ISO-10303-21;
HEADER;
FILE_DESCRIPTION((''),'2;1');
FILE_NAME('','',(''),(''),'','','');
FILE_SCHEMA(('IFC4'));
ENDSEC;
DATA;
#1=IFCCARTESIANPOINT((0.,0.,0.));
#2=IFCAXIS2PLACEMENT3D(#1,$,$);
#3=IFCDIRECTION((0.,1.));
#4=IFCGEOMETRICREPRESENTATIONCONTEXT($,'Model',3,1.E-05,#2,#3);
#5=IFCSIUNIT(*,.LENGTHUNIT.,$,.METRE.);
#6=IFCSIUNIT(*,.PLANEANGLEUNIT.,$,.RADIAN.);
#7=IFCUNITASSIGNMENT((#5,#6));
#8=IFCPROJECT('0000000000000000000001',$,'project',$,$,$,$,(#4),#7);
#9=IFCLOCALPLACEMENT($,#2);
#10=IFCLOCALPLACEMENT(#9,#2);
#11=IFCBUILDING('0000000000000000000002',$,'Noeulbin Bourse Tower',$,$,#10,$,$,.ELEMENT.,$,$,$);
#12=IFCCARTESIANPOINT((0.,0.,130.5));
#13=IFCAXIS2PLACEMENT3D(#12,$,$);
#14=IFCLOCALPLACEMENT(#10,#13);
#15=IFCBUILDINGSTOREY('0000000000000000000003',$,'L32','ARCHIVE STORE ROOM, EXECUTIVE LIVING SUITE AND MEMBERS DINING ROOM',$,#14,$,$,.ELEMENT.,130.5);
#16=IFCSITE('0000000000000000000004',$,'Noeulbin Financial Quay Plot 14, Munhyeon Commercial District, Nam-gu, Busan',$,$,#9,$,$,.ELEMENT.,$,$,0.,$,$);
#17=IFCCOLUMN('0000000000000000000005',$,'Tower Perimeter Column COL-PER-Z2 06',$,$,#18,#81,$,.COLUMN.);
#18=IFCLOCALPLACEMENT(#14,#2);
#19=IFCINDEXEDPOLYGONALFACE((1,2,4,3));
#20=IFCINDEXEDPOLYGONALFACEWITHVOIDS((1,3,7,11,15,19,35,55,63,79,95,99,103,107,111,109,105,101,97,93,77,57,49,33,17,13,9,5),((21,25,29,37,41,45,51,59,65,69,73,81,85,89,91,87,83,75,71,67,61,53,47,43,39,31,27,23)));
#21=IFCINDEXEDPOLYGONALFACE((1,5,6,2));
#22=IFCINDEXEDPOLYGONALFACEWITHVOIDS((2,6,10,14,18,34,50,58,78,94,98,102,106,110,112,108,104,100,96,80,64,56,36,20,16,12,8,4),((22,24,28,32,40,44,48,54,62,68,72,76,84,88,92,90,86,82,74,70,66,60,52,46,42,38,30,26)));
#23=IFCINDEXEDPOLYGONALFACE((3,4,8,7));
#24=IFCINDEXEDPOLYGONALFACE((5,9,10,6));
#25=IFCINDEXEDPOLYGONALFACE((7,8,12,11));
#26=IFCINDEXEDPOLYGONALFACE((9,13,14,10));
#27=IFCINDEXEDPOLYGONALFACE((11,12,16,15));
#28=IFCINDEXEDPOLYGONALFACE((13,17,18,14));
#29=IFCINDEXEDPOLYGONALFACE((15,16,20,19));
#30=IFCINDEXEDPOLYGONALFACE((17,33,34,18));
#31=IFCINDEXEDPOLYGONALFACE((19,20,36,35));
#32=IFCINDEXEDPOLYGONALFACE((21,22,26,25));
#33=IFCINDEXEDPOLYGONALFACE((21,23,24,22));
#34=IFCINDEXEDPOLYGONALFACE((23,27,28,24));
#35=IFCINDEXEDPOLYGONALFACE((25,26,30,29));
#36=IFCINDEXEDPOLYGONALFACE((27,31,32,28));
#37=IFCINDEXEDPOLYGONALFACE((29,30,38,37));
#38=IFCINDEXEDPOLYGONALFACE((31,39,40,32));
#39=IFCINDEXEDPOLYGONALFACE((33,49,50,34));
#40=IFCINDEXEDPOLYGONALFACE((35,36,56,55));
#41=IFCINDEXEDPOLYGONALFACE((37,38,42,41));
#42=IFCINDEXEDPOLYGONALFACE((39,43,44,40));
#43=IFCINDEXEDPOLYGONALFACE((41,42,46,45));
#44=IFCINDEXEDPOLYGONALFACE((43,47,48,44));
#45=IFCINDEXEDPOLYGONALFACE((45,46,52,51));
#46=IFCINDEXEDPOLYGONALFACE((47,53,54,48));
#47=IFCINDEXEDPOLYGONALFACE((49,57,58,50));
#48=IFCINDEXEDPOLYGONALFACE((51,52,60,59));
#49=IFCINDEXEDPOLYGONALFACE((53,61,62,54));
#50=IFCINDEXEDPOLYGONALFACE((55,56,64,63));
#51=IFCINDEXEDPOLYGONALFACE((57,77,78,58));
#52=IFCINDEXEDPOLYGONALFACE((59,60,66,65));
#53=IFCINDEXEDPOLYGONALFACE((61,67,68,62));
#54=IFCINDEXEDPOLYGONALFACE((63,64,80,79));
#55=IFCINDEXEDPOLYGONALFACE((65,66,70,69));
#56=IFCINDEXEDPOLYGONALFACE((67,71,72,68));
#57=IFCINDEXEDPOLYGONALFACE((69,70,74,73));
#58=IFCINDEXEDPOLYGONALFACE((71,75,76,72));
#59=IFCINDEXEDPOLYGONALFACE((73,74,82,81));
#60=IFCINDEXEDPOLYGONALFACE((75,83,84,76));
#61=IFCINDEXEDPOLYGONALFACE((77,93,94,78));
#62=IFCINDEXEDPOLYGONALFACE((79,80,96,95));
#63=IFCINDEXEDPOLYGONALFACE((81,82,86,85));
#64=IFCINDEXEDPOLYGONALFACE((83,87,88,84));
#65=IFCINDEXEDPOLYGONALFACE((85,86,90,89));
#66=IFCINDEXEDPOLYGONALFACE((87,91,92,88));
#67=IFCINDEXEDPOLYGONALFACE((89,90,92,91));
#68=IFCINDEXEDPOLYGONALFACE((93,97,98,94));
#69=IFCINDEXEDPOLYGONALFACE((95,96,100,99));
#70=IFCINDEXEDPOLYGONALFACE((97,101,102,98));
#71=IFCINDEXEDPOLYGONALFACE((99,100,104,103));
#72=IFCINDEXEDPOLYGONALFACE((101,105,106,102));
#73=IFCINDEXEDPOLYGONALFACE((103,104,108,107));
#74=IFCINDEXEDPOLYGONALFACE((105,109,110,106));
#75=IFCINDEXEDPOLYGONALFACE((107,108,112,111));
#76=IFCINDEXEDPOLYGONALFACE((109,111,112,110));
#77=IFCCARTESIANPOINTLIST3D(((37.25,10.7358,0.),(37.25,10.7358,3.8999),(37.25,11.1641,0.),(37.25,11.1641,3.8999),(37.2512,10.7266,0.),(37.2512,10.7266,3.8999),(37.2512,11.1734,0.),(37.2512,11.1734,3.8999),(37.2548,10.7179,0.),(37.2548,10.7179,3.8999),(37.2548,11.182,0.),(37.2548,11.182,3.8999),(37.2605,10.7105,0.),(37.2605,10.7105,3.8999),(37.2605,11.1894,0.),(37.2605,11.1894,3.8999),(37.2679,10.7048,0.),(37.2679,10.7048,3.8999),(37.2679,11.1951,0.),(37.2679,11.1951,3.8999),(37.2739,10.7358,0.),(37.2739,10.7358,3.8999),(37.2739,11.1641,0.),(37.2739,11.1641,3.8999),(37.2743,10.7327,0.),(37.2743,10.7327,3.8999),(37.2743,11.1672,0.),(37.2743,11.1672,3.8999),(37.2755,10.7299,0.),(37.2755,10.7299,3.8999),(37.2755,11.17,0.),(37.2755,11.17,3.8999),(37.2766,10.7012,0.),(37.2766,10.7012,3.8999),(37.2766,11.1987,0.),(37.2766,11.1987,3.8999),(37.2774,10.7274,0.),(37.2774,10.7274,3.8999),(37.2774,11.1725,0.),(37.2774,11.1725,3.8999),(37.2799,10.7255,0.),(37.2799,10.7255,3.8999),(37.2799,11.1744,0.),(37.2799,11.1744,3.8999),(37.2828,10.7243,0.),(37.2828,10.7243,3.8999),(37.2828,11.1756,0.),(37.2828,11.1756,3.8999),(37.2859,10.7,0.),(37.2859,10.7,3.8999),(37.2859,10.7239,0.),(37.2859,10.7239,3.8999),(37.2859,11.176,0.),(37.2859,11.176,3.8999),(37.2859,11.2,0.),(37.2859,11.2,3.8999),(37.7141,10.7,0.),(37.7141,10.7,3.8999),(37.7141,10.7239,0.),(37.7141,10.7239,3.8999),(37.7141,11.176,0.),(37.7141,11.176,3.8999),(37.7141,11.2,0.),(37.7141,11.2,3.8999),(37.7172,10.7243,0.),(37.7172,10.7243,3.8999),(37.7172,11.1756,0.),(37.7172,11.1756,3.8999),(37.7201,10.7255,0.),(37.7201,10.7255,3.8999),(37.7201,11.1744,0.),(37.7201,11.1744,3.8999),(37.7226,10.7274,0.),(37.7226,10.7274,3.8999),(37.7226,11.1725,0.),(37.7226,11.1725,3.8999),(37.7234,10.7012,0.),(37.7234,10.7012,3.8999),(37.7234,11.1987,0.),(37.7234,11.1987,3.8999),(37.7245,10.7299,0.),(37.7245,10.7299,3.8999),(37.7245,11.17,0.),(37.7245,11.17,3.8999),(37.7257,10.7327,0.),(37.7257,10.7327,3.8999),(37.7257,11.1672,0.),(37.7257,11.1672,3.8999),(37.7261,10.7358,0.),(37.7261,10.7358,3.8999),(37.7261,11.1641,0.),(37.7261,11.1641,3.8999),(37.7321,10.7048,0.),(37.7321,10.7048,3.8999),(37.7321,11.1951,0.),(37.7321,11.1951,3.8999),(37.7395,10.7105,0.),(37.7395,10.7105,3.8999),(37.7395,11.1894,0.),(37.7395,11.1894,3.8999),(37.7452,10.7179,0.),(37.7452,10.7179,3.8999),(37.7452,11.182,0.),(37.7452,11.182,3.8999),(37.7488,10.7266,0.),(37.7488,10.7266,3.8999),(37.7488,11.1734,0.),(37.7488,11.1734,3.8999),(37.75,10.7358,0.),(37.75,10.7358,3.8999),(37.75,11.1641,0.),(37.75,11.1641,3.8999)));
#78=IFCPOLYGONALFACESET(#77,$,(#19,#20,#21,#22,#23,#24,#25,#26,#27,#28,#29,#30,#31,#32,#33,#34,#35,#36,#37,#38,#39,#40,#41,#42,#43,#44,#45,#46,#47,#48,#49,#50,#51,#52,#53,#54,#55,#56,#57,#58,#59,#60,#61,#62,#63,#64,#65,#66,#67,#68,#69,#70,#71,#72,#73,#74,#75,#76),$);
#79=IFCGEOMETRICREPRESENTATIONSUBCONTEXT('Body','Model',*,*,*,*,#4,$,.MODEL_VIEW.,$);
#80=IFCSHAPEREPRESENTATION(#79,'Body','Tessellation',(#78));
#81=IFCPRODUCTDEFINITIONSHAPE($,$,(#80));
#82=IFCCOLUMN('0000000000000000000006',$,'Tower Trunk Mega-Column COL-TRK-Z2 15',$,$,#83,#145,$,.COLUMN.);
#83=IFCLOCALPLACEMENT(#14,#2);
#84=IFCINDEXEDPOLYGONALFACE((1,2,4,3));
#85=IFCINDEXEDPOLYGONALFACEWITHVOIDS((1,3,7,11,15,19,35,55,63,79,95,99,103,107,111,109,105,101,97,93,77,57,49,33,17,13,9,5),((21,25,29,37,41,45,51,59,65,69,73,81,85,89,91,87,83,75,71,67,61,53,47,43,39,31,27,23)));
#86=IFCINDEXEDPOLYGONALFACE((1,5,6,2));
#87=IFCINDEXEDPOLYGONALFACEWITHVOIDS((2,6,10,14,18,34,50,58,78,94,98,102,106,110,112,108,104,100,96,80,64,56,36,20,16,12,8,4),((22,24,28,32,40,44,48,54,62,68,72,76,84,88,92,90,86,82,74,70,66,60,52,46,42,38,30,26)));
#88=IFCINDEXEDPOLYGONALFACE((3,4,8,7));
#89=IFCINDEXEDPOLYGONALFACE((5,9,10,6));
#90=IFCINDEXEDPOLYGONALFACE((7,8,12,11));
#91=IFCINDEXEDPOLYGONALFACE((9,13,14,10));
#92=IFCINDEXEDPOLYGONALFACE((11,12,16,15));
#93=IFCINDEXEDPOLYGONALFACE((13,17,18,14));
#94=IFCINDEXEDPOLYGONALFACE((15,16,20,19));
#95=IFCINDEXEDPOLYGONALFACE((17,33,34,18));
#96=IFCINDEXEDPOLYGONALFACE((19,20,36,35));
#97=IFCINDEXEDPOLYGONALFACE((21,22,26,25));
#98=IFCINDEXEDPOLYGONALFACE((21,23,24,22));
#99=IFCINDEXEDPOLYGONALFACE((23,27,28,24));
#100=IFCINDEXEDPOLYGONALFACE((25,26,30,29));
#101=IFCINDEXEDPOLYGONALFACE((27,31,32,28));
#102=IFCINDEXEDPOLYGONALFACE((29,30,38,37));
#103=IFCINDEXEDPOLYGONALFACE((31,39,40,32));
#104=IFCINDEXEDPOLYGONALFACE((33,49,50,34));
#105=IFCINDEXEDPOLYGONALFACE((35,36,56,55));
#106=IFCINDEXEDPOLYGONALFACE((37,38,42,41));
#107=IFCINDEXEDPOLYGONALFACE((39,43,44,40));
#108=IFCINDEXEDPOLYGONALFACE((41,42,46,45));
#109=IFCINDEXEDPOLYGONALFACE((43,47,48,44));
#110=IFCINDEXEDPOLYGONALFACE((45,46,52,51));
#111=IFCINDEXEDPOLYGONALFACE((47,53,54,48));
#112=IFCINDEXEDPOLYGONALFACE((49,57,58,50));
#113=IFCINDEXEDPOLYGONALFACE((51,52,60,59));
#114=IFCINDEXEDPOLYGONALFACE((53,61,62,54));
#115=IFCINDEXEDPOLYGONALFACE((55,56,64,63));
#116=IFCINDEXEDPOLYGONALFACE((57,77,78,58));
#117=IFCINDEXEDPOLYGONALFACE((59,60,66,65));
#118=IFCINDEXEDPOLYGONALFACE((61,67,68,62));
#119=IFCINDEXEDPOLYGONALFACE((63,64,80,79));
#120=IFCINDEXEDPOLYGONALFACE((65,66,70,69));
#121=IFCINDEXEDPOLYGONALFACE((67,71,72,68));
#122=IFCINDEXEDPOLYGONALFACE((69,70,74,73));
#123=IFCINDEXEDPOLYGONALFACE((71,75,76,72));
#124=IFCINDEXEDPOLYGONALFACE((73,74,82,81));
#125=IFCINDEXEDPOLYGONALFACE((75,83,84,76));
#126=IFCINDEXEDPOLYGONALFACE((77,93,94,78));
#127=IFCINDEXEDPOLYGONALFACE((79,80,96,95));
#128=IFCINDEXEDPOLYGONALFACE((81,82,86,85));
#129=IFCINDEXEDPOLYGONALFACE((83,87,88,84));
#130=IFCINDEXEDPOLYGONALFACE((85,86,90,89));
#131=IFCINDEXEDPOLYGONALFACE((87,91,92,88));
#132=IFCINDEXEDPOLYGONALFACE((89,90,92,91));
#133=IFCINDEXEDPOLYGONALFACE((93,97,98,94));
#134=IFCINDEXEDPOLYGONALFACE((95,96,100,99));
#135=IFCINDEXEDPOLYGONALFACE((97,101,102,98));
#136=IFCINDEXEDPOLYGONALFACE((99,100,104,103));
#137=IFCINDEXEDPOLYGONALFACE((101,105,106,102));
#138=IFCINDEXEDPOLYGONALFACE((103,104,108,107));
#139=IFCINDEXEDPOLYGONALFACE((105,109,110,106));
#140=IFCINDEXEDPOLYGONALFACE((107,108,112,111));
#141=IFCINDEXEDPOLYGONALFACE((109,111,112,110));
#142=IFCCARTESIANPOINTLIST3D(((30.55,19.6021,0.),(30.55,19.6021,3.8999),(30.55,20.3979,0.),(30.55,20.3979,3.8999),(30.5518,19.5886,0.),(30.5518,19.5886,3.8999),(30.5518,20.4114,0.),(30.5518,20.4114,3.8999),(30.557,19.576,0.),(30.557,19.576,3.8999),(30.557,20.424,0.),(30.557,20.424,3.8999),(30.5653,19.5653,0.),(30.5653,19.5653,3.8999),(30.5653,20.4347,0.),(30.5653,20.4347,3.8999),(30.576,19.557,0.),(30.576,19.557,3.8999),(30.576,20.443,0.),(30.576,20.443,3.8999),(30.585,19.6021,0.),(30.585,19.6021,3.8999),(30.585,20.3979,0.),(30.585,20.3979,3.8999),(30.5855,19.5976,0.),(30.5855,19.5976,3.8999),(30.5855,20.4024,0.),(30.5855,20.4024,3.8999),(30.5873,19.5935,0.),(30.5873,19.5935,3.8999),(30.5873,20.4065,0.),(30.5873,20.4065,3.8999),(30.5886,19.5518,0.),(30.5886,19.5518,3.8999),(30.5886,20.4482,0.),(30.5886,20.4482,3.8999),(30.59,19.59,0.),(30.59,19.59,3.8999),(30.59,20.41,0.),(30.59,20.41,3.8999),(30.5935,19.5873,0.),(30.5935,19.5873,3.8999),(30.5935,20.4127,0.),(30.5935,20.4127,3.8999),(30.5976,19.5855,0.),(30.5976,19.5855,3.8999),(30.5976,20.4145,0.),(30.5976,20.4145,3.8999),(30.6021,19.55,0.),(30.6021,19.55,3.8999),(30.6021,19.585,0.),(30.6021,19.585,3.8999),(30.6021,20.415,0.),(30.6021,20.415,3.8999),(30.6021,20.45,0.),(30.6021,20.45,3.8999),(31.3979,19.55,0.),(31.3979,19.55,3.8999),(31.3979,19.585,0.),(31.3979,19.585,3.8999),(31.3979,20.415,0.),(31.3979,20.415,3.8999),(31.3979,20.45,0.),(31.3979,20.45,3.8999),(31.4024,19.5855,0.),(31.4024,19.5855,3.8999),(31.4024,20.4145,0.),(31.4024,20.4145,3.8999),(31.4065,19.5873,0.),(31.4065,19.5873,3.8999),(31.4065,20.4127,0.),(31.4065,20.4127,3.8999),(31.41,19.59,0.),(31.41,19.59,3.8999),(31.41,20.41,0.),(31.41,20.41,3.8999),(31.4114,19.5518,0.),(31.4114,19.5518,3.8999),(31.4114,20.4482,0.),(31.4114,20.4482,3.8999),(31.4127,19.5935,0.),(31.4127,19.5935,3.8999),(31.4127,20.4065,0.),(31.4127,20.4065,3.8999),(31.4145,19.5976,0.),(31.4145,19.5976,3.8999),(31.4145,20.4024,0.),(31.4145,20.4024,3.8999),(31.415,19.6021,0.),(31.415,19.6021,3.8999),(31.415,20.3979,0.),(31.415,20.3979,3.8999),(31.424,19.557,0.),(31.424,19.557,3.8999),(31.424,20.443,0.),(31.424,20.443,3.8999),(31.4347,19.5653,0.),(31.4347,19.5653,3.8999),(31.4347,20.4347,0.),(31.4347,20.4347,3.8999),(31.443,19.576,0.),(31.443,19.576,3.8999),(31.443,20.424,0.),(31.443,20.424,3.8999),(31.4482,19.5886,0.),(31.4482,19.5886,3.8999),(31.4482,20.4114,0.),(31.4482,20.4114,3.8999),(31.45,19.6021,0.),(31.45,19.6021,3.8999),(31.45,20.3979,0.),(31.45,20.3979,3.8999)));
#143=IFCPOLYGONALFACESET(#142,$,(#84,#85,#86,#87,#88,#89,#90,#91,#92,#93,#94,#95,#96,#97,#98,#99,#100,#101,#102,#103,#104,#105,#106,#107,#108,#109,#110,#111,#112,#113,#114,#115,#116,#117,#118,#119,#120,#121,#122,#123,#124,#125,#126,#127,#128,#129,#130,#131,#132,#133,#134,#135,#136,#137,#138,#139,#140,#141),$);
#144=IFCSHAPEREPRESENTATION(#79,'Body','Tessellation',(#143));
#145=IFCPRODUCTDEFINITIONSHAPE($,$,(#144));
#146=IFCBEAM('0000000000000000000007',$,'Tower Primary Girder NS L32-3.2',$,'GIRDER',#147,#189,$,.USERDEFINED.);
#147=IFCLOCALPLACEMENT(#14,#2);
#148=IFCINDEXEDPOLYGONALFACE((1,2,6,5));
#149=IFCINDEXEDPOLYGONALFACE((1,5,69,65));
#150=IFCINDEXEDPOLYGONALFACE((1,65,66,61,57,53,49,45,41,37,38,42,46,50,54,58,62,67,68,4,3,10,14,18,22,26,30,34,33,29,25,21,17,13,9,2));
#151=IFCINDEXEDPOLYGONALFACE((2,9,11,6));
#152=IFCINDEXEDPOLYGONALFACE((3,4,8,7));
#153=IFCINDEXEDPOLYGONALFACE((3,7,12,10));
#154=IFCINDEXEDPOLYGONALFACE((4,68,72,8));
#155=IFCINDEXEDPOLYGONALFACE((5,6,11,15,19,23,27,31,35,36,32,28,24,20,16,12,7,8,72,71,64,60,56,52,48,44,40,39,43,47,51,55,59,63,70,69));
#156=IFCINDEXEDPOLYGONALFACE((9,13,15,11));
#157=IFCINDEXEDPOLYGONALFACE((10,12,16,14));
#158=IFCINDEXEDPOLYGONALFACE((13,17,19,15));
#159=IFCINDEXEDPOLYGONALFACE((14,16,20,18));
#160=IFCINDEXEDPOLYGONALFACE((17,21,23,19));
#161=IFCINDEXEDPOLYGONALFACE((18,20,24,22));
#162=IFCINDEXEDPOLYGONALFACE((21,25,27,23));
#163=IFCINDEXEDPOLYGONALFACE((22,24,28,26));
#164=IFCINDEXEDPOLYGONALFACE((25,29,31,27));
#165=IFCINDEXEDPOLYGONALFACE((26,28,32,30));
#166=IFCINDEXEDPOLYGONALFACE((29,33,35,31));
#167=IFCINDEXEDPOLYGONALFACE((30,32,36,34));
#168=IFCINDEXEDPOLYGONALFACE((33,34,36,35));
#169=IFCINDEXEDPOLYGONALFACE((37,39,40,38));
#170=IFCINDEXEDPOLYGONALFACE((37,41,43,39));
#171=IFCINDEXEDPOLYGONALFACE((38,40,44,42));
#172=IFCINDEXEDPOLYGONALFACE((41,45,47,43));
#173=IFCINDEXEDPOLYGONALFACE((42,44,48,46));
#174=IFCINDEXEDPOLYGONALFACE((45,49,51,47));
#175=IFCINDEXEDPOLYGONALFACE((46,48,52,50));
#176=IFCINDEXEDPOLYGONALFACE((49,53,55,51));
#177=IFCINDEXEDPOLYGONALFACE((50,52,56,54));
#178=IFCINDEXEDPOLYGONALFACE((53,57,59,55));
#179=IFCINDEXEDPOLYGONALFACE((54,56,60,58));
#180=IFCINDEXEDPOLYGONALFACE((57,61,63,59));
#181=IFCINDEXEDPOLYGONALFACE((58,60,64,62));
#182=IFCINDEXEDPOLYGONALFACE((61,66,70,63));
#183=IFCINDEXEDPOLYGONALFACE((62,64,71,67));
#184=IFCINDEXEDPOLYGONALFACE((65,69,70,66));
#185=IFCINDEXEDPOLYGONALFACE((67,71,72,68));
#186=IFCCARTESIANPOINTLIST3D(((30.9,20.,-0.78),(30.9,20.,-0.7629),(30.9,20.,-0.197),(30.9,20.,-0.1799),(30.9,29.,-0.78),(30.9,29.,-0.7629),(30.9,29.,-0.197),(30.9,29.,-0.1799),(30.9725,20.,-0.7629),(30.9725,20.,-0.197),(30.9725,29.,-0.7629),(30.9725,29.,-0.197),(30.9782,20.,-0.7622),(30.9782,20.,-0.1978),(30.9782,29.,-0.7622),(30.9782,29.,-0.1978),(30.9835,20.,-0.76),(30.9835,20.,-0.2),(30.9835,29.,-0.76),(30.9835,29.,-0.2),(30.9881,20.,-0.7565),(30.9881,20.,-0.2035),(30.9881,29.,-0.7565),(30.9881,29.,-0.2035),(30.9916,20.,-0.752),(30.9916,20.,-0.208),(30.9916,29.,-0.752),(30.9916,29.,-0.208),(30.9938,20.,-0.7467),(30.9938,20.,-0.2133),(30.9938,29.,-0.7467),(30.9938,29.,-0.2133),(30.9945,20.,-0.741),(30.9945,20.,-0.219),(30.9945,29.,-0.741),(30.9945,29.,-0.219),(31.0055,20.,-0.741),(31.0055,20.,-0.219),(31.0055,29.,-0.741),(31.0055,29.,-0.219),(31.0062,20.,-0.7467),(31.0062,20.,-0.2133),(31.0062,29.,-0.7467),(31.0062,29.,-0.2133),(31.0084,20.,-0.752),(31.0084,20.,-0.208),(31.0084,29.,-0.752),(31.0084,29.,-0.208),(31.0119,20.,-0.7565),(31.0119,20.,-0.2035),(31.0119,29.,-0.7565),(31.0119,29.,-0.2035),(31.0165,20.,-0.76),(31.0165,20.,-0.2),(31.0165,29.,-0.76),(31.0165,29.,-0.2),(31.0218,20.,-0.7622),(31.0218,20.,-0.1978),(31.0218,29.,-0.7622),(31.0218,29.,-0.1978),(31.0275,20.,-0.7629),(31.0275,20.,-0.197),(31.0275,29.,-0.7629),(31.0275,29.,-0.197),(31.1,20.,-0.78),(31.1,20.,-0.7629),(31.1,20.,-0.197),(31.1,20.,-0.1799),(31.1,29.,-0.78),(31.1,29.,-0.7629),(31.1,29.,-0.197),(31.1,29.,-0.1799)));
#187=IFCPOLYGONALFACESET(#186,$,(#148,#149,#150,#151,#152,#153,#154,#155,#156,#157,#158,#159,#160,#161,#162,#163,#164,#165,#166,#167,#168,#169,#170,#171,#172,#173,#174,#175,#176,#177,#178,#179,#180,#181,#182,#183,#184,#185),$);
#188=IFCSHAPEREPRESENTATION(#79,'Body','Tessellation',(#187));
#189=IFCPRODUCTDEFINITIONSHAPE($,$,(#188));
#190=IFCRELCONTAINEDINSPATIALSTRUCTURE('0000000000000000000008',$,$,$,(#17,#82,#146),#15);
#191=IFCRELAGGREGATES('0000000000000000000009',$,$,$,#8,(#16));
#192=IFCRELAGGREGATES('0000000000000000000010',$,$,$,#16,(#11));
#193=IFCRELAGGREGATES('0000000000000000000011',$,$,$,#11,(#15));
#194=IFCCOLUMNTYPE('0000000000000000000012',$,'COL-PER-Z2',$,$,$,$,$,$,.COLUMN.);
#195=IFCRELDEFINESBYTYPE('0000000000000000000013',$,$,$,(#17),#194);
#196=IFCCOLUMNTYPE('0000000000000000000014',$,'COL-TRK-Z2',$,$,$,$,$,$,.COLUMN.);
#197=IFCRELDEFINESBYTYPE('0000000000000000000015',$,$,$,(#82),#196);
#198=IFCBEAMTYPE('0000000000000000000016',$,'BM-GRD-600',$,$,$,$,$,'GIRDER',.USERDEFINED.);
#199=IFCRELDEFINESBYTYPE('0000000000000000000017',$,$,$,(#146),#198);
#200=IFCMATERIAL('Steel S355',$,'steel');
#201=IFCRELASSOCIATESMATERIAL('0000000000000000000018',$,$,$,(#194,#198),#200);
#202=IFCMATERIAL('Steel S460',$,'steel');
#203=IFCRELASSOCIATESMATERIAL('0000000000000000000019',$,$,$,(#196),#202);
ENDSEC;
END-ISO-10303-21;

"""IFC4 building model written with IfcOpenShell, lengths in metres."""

from ifc_helpers import new_model, si_unit, direction, frame, origin, origin_2d, place, context, subcontext, project, spatial, hollow_rectangle, i_section, extrude, material, material_profile, profile_set, type_object, element, save


model = new_model("IFC4")

# Units and contexts
model_context = context("Model", 3, precision=1e-05, world=origin(), true_north=direction((0.0, 1.0)))
body_context = subcontext(model_context, "Body", "Model", "MODEL_VIEW")
ifc_project = project(units=[si_unit("LENGTHUNIT", "METRE"), si_unit("PLANEANGLEUNIT", "RADIAN")], contexts=[model_context])

# Site, building, storey
site_placement = place(None, origin())
site = spatial("IfcSite", under=ifc_project, at=site_placement, Name="Noeulbin Financial Quay Plot 14, Munhyeon Commercial District, Nam-gu, Busan", CompositionType="ELEMENT", RefElevation=0.0)
building_placement = place(site_placement, origin())
building = spatial("IfcBuilding", under=site, at=building_placement, Name="Noeulbin Bourse Tower", CompositionType="ELEMENT")
storey_placement = place(building_placement, frame((0.0, 0.0, 130.5)))
storey = spatial("IfcBuildingStorey", under=building, at=storey_placement, Name="L32", Description="ARCHIVE STORE ROOM, EXECUTIVE LIVING SUITE AND MEMBERS DINING ROOM", CompositionType="ELEMENT", Elevation=130.5)

# Columns
ifc_material_1 = material(Name="Steel S355", Category="steel")
ifc_material_profile_1 = material_profile(ifc_material_1, hollow_rectangle(XDim=0.5, YDim=0.5, WallThickness=0.0239, InnerFilletRadius=0.012, OuterFilletRadius=0.0359, at=origin_2d()), Name="BOX-500x500x24", Category="LoadBearing")
ifc_profile_set_1 = profile_set([ifc_material_profile_1], Name="Steel S355")
column_type_1 = type_object("IfcColumnType", Name="COL-PER-Z2", PredefinedType="COLUMN", material=ifc_profile_set_1)
column_1_placement = place(storey_placement, frame((37.5, 10.95, 0.0), z_axis=(0.0, 0.0, 1.0), x_axis=(1.0, 0.0, 0.0)))
element("IfcColumn", 1, at=column_1_placement, inside=storey, type_object=column_type_1, Name="Tower Perimeter Column COL-PER-Z2 06", PredefinedType="COLUMN", context=body_context, shape_type="SweptSolid", body=[
    extrude(hollow_rectangle(XDim=0.5, YDim=0.5, WallThickness=0.0239, InnerFilletRadius=0.012, OuterFilletRadius=0.0359, at=origin_2d()), origin(), (0.0, 0.0, 1.0), 3.8999),
])
ifc_material_2 = material(Name="Steel S460", Category="steel")
ifc_material_profile_2 = material_profile(ifc_material_2, hollow_rectangle(XDim=0.8999, YDim=0.8999, WallThickness=0.0349, InnerFilletRadius=0.0171, OuterFilletRadius=0.052, at=origin_2d()), Name="BOX-900x900x35", Category="LoadBearing")
ifc_profile_set_2 = profile_set([ifc_material_profile_2], Name="Steel S460")
column_type_2 = type_object("IfcColumnType", Name="COL-TRK-Z2", PredefinedType="COLUMN", material=ifc_profile_set_2)
column_2_placement = place(storey_placement, frame((31.0, 20.0, 0.0), z_axis=(0.0, 0.0, 1.0), x_axis=(1.0, 0.0, 0.0)))
element("IfcColumn", 2, at=column_2_placement, inside=storey, type_object=column_type_2, Name="Tower Trunk Mega-Column COL-TRK-Z2 15", PredefinedType="COLUMN", context=body_context, shape_type="SweptSolid", body=[
    extrude(hollow_rectangle(XDim=0.8999, YDim=0.8999, WallThickness=0.0349, InnerFilletRadius=0.0171, OuterFilletRadius=0.052, at=origin_2d()), origin(), (0.0, 0.0, 1.0), 3.8999),
])

# Beam
ifc_material_profile_3 = material_profile(ifc_material_1, i_section(OverallWidth=0.2, OverallDepth=0.6001, WebThickness=0.011, FlangeThickness=0.0171, FilletRadius=0.022, at=origin_2d()), Name="H-600x200x11x17", Category="LoadBearing")
ifc_profile_set_3 = profile_set([ifc_material_profile_3], Name="Steel S355")
beam_type_1 = type_object("IfcBeamType", Name="BM-GRD-600", ElementType="GIRDER", PredefinedType="USERDEFINED", material=ifc_profile_set_3)
beam_1_placement = place(storey_placement, frame((31.0, 20.0, -0.48), z_axis=(0.0, 1.0, 0.0), x_axis=(-1.0, 0.0, 0.0)))
element("IfcBeam", 3, at=beam_1_placement, inside=storey, type_object=beam_type_1, Name="Tower Primary Girder NS L32-3.2", ObjectType="GIRDER", PredefinedType="USERDEFINED", context=body_context, shape_type="SweptSolid", body=[
    extrude(i_section(OverallWidth=0.2, OverallDepth=0.6001, WebThickness=0.011, FlangeThickness=0.0171, FilletRadius=0.022, at=origin_2d()), origin(), (0.0, 0.0, 1.0), 9.0),
])

save(model, "model.ifc")
